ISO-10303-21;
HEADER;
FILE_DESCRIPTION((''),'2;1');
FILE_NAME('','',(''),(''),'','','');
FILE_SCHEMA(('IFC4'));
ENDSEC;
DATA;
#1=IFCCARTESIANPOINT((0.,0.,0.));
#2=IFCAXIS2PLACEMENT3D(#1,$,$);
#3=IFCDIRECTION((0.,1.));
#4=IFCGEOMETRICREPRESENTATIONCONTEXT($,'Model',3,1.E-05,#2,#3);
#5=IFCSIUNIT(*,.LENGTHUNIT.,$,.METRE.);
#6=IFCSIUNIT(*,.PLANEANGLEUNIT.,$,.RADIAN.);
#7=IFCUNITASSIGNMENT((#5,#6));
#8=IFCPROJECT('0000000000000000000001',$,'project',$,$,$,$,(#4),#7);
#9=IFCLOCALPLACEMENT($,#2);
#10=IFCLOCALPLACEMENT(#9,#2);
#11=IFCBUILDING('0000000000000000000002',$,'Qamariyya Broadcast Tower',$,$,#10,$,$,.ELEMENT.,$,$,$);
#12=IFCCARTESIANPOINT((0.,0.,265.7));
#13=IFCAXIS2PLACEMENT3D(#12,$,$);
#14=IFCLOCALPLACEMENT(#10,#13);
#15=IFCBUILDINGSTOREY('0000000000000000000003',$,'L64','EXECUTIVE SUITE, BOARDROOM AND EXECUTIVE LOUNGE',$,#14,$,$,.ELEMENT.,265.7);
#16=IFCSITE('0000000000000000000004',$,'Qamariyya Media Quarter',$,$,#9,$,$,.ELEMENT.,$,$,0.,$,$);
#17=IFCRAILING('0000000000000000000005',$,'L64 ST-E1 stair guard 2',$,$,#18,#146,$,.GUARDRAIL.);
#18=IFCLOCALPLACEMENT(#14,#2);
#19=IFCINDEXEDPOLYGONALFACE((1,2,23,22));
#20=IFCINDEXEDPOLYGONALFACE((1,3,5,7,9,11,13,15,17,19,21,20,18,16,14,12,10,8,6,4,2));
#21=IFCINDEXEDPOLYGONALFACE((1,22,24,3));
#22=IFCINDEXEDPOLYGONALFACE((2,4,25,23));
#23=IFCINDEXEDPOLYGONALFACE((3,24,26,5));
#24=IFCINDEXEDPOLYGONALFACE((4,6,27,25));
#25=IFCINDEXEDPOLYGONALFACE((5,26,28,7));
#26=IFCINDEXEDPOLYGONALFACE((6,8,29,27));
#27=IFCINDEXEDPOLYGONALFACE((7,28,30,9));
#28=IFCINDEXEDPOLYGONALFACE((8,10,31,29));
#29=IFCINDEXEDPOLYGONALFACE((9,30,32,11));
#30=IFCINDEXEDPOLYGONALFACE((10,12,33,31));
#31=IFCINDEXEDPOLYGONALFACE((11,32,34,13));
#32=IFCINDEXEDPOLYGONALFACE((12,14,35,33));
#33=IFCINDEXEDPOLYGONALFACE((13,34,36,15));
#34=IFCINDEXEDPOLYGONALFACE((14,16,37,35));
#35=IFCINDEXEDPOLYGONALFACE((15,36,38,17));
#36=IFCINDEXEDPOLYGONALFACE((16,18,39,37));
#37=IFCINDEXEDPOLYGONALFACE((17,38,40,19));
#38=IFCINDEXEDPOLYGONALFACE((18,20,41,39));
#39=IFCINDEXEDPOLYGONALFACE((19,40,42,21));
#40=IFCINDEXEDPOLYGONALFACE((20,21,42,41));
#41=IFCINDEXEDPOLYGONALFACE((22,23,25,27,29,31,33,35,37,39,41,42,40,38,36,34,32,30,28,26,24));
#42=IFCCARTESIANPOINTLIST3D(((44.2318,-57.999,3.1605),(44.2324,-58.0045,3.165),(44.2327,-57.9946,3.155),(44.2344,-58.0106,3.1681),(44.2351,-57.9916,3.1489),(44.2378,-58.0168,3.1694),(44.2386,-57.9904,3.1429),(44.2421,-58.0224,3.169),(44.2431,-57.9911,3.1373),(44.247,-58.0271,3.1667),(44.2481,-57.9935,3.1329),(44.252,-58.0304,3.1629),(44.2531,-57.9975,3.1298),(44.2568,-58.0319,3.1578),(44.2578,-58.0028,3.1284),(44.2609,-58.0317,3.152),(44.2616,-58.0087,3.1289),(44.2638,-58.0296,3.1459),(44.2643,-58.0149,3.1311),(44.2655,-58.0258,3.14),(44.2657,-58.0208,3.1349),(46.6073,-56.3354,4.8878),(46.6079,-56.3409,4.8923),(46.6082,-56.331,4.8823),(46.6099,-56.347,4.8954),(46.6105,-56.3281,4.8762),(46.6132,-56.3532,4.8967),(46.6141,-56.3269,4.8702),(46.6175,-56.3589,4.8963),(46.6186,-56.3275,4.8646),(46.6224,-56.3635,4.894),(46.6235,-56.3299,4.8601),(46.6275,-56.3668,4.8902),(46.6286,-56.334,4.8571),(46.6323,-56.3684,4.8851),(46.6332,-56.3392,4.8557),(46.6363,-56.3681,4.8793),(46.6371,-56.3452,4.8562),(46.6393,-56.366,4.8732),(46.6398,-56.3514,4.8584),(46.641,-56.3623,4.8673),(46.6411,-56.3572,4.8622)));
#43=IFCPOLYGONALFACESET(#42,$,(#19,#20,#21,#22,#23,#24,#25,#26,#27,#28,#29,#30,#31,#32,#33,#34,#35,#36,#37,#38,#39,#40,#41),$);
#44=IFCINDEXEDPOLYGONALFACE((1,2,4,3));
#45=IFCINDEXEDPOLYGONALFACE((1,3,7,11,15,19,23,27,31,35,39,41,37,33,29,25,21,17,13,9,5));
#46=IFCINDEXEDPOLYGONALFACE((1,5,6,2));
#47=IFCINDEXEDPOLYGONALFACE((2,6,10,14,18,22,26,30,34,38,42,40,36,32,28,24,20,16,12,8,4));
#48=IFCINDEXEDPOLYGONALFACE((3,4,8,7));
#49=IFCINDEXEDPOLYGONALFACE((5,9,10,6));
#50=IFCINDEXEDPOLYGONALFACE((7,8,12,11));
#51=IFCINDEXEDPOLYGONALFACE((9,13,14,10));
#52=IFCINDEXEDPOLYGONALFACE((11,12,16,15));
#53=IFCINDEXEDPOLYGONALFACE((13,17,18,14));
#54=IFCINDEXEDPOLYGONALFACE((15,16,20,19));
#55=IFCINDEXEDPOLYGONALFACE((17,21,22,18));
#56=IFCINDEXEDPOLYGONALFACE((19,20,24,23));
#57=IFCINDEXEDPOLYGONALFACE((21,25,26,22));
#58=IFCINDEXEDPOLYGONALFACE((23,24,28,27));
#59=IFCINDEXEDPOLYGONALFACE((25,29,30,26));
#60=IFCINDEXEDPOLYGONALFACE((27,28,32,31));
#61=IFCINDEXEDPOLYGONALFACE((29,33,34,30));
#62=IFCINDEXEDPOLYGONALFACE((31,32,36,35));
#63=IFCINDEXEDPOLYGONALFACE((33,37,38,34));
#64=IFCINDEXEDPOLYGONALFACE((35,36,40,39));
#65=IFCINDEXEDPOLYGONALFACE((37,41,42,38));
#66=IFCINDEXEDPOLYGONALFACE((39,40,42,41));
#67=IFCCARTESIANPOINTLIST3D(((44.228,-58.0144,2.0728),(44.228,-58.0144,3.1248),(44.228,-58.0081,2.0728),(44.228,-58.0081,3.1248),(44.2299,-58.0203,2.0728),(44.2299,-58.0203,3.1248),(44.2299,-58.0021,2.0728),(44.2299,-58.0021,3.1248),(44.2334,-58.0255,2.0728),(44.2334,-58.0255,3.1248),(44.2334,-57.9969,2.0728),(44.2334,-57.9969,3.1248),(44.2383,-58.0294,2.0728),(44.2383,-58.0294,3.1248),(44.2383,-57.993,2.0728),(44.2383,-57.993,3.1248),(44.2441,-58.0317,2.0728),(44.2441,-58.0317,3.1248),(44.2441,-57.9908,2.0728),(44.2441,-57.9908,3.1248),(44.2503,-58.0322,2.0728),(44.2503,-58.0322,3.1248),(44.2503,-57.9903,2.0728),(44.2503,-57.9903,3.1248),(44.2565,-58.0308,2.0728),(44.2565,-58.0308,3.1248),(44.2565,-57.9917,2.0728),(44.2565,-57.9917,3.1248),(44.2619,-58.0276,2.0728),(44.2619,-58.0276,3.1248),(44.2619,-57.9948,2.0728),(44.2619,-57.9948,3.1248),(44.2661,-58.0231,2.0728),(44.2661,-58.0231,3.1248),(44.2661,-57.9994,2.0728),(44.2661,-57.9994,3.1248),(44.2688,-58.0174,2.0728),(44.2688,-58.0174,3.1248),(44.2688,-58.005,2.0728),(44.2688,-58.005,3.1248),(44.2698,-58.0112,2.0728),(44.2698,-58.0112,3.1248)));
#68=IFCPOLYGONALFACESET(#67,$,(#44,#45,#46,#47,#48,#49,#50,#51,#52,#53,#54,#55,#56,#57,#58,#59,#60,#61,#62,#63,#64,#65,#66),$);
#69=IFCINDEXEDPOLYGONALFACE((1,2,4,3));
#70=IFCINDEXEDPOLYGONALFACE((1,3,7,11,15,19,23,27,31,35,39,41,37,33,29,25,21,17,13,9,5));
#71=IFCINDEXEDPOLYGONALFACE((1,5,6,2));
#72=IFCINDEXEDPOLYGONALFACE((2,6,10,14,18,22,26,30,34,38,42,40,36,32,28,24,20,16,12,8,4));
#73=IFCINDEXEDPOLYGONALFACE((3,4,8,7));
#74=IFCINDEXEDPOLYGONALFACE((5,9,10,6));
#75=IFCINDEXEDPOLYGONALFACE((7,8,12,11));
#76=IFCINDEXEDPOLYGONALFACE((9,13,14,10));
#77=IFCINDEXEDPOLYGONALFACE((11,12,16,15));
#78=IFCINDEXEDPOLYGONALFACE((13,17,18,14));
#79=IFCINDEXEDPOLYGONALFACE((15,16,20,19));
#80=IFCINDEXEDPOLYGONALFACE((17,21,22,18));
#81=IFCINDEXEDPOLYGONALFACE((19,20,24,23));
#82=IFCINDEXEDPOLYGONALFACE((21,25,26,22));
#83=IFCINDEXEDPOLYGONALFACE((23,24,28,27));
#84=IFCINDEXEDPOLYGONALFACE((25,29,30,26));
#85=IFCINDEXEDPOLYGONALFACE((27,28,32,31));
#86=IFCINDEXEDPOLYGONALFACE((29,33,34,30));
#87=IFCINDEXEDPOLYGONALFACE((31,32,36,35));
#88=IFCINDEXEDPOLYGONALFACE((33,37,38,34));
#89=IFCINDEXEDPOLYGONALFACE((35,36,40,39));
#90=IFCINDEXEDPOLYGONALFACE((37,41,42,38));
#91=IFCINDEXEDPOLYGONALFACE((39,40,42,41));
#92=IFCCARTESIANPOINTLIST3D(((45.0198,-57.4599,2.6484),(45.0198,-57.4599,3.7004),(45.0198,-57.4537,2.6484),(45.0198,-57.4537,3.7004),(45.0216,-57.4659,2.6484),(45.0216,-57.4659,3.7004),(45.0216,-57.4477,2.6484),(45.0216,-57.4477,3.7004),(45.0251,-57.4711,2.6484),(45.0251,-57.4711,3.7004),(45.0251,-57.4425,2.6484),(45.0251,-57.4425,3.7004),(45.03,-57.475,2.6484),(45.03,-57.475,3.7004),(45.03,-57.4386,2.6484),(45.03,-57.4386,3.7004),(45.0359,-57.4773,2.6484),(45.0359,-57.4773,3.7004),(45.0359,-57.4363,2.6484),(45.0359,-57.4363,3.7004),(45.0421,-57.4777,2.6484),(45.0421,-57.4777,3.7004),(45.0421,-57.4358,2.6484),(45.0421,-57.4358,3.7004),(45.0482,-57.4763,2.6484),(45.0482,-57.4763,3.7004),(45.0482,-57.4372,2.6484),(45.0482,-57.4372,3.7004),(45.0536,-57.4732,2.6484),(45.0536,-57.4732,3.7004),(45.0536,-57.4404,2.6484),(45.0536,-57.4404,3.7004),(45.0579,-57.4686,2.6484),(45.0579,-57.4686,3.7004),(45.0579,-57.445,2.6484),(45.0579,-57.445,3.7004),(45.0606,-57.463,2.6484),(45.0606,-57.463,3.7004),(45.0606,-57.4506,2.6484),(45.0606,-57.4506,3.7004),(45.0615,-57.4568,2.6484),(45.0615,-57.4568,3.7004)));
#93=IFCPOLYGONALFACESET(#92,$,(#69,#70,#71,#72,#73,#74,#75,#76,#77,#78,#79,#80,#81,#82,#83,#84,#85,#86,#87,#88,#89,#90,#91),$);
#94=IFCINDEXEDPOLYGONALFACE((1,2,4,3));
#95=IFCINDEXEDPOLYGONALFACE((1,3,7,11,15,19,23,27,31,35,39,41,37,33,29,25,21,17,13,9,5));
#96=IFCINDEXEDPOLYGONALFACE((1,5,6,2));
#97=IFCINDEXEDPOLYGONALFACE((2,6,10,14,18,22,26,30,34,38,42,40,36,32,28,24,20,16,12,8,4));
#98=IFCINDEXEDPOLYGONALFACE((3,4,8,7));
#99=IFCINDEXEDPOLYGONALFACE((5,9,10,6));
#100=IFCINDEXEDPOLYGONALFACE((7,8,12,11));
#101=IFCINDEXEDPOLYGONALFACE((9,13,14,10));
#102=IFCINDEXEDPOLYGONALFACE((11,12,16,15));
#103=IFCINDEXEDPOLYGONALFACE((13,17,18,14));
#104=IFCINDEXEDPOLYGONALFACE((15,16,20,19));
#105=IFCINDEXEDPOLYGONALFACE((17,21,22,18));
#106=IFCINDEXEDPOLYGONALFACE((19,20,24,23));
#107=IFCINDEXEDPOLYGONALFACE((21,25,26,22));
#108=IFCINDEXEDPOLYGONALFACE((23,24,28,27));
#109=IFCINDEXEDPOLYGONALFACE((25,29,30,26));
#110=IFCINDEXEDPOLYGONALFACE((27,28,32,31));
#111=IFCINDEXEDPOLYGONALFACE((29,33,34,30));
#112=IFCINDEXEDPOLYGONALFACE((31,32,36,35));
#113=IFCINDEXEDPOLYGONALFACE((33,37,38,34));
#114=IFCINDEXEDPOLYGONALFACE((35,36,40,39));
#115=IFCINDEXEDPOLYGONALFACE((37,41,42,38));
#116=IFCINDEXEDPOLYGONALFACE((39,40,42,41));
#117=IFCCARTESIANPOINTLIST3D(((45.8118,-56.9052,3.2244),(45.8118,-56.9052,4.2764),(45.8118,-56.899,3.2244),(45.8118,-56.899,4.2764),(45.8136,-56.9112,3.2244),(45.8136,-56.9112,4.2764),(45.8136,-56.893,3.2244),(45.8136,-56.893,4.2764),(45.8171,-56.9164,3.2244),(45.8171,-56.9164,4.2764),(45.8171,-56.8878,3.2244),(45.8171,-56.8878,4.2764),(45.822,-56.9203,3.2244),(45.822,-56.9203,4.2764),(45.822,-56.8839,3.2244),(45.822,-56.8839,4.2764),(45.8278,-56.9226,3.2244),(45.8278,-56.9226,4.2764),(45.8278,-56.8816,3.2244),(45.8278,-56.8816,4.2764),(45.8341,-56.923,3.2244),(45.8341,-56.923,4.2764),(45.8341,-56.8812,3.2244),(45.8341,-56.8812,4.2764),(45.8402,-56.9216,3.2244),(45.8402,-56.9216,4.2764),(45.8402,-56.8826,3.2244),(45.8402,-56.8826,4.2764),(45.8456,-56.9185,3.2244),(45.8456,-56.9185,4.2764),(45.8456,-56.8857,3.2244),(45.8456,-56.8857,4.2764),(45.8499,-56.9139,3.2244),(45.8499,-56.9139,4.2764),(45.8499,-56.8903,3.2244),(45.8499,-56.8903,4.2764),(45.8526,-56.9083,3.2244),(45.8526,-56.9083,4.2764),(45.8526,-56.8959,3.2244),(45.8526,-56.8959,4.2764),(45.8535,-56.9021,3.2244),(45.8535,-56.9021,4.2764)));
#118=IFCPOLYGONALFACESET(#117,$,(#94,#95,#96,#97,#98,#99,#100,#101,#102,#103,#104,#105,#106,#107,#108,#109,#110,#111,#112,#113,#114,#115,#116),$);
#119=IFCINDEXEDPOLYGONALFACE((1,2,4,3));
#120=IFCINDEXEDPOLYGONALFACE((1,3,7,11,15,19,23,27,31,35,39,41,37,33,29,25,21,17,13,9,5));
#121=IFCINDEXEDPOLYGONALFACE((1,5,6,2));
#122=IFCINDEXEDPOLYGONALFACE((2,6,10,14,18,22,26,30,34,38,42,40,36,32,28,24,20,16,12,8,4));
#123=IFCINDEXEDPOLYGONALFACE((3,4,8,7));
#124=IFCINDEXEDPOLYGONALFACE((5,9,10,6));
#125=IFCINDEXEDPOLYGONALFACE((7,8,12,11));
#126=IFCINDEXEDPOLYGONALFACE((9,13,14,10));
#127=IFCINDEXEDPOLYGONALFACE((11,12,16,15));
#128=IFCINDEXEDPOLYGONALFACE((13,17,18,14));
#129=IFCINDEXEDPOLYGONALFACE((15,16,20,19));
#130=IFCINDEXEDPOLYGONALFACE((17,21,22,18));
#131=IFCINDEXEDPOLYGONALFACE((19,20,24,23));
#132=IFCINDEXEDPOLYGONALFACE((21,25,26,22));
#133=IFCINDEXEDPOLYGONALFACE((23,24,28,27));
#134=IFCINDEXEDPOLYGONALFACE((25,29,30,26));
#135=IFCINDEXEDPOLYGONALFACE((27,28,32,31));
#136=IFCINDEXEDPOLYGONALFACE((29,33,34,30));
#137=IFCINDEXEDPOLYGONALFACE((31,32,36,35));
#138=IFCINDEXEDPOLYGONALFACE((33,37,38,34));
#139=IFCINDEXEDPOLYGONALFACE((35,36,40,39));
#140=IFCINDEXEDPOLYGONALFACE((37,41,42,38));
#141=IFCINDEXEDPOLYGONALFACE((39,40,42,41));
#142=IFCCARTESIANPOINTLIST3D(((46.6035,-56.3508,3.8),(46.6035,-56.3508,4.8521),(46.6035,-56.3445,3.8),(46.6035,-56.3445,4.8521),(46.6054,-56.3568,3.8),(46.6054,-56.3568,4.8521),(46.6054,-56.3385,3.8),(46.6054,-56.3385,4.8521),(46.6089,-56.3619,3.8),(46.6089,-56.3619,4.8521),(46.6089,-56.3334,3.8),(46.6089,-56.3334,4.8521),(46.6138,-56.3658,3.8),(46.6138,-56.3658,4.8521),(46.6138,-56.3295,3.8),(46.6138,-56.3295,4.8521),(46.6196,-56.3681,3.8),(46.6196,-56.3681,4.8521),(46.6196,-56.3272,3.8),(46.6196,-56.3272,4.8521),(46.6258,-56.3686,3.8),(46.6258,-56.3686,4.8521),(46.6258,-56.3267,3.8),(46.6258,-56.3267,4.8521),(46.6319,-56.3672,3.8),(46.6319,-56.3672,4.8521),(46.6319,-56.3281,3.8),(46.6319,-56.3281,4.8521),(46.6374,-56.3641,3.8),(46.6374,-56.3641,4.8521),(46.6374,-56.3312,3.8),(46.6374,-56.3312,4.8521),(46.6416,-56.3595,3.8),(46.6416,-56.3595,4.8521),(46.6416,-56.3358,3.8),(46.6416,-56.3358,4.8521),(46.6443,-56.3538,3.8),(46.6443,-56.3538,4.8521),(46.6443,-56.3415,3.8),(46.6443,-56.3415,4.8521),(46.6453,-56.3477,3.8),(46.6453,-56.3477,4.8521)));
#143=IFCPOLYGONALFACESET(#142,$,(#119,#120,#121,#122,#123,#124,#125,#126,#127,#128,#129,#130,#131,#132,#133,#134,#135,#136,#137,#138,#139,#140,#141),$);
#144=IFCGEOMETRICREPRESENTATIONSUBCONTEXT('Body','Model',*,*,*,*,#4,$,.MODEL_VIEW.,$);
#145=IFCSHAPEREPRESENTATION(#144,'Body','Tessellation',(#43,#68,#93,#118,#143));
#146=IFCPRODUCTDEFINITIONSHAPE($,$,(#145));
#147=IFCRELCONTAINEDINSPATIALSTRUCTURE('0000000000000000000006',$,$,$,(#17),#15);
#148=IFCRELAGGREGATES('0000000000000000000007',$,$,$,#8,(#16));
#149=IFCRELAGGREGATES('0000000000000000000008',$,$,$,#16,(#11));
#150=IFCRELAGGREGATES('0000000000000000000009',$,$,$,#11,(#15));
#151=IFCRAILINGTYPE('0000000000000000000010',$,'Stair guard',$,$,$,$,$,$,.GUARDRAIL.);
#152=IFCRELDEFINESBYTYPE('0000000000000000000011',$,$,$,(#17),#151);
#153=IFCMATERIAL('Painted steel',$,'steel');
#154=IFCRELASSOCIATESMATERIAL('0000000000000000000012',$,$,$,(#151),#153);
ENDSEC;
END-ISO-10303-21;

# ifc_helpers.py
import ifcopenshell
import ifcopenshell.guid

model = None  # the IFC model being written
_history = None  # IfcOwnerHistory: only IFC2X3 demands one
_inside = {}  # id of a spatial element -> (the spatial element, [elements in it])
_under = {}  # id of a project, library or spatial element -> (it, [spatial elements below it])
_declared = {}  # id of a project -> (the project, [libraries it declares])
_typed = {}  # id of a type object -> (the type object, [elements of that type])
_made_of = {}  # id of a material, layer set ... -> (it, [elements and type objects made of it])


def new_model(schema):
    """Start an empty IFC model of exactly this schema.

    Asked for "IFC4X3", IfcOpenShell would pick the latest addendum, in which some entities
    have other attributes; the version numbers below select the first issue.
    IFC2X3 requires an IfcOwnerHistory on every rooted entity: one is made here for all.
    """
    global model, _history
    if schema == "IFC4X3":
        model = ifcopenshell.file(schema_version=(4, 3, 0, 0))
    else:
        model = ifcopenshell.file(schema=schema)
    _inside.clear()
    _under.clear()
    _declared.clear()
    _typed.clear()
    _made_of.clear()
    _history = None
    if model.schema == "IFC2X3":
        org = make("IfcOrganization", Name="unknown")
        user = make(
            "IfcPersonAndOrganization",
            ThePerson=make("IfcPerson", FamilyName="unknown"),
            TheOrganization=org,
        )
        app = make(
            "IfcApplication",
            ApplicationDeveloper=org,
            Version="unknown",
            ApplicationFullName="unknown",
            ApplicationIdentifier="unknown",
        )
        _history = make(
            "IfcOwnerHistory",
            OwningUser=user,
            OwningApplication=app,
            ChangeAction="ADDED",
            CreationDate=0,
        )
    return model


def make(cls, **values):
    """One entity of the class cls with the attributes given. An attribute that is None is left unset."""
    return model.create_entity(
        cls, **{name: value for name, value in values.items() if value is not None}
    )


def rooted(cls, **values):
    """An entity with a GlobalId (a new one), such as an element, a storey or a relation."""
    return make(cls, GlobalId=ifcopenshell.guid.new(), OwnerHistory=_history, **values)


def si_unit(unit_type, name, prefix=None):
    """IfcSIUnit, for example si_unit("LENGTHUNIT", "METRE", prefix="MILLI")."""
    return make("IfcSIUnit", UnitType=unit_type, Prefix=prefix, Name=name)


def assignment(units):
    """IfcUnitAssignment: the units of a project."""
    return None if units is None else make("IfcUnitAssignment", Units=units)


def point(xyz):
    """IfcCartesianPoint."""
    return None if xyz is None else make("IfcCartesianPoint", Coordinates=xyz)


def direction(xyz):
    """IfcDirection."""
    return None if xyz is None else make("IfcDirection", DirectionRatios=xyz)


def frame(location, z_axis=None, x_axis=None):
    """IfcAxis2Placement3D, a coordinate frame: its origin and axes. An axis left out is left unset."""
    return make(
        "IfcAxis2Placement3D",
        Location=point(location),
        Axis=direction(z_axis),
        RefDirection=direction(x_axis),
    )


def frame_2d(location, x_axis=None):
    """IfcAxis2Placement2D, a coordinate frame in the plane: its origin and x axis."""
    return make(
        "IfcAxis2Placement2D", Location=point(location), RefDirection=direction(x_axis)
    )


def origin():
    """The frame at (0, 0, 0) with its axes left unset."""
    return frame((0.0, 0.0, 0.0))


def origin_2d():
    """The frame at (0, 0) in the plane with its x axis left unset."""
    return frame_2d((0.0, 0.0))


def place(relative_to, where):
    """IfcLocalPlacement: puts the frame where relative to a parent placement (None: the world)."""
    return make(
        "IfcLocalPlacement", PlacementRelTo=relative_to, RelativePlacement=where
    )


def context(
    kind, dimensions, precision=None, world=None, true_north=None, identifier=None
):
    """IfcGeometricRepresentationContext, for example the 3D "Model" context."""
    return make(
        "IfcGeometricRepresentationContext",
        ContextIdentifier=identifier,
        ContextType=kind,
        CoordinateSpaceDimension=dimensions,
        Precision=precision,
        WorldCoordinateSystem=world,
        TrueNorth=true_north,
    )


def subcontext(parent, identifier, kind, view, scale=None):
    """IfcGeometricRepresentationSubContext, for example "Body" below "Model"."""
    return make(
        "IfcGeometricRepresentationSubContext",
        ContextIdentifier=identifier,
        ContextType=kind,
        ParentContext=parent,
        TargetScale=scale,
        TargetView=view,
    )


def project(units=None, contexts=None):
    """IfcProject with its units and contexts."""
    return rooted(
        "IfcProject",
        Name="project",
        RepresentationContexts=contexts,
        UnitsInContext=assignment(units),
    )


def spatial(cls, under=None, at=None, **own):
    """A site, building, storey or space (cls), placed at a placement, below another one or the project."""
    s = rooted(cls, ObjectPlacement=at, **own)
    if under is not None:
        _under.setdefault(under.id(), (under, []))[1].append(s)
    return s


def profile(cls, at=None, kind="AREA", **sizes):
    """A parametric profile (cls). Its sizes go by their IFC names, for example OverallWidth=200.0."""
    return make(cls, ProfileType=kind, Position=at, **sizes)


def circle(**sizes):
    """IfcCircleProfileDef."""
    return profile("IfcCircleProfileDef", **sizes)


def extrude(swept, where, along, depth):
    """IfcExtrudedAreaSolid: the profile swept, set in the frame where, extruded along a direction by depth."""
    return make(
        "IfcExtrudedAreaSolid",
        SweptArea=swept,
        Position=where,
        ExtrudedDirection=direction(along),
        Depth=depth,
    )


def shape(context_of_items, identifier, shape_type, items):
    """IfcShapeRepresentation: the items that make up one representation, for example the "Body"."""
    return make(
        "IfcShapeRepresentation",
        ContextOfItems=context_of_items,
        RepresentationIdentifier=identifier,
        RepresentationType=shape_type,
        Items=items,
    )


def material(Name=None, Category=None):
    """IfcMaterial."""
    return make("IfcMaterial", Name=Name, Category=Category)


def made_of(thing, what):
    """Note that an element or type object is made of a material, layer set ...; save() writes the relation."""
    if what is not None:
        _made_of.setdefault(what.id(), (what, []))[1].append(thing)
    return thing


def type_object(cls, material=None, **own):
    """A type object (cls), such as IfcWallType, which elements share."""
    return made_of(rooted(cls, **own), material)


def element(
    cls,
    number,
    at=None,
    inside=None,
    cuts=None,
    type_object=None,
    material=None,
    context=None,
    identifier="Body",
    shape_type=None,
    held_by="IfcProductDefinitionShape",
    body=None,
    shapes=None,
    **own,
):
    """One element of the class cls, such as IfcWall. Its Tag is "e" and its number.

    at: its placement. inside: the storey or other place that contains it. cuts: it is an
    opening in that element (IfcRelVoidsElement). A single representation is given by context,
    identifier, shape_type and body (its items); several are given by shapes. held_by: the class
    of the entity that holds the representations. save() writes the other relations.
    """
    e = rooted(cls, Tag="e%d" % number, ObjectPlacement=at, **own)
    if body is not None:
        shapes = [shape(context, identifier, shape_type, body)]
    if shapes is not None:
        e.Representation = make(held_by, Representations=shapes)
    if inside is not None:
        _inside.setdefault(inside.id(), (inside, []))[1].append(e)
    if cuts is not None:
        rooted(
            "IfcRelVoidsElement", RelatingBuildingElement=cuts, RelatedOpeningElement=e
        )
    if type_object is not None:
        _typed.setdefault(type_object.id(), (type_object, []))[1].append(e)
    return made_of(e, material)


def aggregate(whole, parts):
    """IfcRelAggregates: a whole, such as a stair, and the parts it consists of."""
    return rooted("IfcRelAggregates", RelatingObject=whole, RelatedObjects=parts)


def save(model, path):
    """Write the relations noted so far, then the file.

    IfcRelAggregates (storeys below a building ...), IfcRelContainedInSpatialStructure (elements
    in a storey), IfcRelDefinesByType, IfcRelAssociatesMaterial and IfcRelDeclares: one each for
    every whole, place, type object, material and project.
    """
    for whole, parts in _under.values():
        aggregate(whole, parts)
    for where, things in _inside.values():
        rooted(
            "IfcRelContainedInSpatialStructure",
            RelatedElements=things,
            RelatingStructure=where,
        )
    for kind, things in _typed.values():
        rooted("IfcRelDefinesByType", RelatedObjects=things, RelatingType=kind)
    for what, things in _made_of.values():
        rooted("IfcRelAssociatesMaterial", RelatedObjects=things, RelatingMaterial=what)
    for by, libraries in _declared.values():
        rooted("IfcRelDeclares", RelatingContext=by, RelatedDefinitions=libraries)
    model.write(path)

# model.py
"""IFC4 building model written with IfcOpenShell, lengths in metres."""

from ifc_helpers import new_model, si_unit, direction, frame, origin, origin_2d, place, context, subcontext, project, spatial, circle, extrude, material, type_object, element, save


model = new_model("IFC4")

# Units and contexts
model_context = context("Model", 3, precision=1e-05, world=origin(), true_north=direction((0.0, 1.0)))
body_context = subcontext(model_context, "Body", "Model", "MODEL_VIEW")
ifc_project = project(units=[si_unit("LENGTHUNIT", "METRE"), si_unit("PLANEANGLEUNIT", "RADIAN")], contexts=[model_context])

# Site, building, storey
site_placement = place(None, origin())
site = spatial("IfcSite", under=ifc_project, at=site_placement, Name="Qamariyya Media Quarter", CompositionType="ELEMENT", RefElevation=0.0)
building_placement = place(site_placement, origin())
building = spatial("IfcBuilding", under=site, at=building_placement, Name="Qamariyya Broadcast Tower", CompositionType="ELEMENT")
storey_placement = place(building_placement, frame((0.0, 0.0, 265.7)))
storey = spatial("IfcBuildingStorey", under=building, at=storey_placement, Name="L64", Description="EXECUTIVE SUITE, BOARDROOM AND EXECUTIVE LOUNGE", CompositionType="ELEMENT", Elevation=265.7)

# Railing
ifc_material_1 = material(Name="Painted steel", Category="steel")
railing_type_1 = type_object("IfcRailingType", Name="Stair guard", PredefinedType="GUARDRAIL", material=ifc_material_1)
railing_1_placement = place(storey_placement, frame((44.2488, -58.0112, 2.0728)))
element("IfcRailing", 1, at=railing_1_placement, inside=storey, type_object=railing_type_1, Name="L64 ST-E1 stair guard 2", PredefinedType="GUARDRAIL", context=body_context, shape_type="SweptSolid", body=[
    extrude(circle(Radius=0.0239, at=origin_2d()), frame((0.0, 0.0, 1.0762), z_axis=(0.703745, 0.492838, 0.511716), x_axis=(-0.573632, 0.819113, 0.0)), (0.0, 0.0, 1.0), 3.3755),
    extrude(circle(Radius=0.021, at=origin_2d()), origin(), (0.0, 0.0, 1.0), 1.052),
    extrude(circle(Radius=0.021, at=origin_2d()), frame((0.7917, 0.5544, 0.5757)), (0.0, 0.0, 1.0), 1.052),
    extrude(circle(Radius=0.021, at=origin_2d()), frame((1.5837, 1.1091, 1.1516)), (0.0, 0.0, 1.0), 1.052),
    extrude(circle(Radius=0.021, at=origin_2d()), frame((2.3755, 1.6636, 1.7273)), (0.0, 0.0, 1.0), 1.052),
])

save(model, "model.ifc")
